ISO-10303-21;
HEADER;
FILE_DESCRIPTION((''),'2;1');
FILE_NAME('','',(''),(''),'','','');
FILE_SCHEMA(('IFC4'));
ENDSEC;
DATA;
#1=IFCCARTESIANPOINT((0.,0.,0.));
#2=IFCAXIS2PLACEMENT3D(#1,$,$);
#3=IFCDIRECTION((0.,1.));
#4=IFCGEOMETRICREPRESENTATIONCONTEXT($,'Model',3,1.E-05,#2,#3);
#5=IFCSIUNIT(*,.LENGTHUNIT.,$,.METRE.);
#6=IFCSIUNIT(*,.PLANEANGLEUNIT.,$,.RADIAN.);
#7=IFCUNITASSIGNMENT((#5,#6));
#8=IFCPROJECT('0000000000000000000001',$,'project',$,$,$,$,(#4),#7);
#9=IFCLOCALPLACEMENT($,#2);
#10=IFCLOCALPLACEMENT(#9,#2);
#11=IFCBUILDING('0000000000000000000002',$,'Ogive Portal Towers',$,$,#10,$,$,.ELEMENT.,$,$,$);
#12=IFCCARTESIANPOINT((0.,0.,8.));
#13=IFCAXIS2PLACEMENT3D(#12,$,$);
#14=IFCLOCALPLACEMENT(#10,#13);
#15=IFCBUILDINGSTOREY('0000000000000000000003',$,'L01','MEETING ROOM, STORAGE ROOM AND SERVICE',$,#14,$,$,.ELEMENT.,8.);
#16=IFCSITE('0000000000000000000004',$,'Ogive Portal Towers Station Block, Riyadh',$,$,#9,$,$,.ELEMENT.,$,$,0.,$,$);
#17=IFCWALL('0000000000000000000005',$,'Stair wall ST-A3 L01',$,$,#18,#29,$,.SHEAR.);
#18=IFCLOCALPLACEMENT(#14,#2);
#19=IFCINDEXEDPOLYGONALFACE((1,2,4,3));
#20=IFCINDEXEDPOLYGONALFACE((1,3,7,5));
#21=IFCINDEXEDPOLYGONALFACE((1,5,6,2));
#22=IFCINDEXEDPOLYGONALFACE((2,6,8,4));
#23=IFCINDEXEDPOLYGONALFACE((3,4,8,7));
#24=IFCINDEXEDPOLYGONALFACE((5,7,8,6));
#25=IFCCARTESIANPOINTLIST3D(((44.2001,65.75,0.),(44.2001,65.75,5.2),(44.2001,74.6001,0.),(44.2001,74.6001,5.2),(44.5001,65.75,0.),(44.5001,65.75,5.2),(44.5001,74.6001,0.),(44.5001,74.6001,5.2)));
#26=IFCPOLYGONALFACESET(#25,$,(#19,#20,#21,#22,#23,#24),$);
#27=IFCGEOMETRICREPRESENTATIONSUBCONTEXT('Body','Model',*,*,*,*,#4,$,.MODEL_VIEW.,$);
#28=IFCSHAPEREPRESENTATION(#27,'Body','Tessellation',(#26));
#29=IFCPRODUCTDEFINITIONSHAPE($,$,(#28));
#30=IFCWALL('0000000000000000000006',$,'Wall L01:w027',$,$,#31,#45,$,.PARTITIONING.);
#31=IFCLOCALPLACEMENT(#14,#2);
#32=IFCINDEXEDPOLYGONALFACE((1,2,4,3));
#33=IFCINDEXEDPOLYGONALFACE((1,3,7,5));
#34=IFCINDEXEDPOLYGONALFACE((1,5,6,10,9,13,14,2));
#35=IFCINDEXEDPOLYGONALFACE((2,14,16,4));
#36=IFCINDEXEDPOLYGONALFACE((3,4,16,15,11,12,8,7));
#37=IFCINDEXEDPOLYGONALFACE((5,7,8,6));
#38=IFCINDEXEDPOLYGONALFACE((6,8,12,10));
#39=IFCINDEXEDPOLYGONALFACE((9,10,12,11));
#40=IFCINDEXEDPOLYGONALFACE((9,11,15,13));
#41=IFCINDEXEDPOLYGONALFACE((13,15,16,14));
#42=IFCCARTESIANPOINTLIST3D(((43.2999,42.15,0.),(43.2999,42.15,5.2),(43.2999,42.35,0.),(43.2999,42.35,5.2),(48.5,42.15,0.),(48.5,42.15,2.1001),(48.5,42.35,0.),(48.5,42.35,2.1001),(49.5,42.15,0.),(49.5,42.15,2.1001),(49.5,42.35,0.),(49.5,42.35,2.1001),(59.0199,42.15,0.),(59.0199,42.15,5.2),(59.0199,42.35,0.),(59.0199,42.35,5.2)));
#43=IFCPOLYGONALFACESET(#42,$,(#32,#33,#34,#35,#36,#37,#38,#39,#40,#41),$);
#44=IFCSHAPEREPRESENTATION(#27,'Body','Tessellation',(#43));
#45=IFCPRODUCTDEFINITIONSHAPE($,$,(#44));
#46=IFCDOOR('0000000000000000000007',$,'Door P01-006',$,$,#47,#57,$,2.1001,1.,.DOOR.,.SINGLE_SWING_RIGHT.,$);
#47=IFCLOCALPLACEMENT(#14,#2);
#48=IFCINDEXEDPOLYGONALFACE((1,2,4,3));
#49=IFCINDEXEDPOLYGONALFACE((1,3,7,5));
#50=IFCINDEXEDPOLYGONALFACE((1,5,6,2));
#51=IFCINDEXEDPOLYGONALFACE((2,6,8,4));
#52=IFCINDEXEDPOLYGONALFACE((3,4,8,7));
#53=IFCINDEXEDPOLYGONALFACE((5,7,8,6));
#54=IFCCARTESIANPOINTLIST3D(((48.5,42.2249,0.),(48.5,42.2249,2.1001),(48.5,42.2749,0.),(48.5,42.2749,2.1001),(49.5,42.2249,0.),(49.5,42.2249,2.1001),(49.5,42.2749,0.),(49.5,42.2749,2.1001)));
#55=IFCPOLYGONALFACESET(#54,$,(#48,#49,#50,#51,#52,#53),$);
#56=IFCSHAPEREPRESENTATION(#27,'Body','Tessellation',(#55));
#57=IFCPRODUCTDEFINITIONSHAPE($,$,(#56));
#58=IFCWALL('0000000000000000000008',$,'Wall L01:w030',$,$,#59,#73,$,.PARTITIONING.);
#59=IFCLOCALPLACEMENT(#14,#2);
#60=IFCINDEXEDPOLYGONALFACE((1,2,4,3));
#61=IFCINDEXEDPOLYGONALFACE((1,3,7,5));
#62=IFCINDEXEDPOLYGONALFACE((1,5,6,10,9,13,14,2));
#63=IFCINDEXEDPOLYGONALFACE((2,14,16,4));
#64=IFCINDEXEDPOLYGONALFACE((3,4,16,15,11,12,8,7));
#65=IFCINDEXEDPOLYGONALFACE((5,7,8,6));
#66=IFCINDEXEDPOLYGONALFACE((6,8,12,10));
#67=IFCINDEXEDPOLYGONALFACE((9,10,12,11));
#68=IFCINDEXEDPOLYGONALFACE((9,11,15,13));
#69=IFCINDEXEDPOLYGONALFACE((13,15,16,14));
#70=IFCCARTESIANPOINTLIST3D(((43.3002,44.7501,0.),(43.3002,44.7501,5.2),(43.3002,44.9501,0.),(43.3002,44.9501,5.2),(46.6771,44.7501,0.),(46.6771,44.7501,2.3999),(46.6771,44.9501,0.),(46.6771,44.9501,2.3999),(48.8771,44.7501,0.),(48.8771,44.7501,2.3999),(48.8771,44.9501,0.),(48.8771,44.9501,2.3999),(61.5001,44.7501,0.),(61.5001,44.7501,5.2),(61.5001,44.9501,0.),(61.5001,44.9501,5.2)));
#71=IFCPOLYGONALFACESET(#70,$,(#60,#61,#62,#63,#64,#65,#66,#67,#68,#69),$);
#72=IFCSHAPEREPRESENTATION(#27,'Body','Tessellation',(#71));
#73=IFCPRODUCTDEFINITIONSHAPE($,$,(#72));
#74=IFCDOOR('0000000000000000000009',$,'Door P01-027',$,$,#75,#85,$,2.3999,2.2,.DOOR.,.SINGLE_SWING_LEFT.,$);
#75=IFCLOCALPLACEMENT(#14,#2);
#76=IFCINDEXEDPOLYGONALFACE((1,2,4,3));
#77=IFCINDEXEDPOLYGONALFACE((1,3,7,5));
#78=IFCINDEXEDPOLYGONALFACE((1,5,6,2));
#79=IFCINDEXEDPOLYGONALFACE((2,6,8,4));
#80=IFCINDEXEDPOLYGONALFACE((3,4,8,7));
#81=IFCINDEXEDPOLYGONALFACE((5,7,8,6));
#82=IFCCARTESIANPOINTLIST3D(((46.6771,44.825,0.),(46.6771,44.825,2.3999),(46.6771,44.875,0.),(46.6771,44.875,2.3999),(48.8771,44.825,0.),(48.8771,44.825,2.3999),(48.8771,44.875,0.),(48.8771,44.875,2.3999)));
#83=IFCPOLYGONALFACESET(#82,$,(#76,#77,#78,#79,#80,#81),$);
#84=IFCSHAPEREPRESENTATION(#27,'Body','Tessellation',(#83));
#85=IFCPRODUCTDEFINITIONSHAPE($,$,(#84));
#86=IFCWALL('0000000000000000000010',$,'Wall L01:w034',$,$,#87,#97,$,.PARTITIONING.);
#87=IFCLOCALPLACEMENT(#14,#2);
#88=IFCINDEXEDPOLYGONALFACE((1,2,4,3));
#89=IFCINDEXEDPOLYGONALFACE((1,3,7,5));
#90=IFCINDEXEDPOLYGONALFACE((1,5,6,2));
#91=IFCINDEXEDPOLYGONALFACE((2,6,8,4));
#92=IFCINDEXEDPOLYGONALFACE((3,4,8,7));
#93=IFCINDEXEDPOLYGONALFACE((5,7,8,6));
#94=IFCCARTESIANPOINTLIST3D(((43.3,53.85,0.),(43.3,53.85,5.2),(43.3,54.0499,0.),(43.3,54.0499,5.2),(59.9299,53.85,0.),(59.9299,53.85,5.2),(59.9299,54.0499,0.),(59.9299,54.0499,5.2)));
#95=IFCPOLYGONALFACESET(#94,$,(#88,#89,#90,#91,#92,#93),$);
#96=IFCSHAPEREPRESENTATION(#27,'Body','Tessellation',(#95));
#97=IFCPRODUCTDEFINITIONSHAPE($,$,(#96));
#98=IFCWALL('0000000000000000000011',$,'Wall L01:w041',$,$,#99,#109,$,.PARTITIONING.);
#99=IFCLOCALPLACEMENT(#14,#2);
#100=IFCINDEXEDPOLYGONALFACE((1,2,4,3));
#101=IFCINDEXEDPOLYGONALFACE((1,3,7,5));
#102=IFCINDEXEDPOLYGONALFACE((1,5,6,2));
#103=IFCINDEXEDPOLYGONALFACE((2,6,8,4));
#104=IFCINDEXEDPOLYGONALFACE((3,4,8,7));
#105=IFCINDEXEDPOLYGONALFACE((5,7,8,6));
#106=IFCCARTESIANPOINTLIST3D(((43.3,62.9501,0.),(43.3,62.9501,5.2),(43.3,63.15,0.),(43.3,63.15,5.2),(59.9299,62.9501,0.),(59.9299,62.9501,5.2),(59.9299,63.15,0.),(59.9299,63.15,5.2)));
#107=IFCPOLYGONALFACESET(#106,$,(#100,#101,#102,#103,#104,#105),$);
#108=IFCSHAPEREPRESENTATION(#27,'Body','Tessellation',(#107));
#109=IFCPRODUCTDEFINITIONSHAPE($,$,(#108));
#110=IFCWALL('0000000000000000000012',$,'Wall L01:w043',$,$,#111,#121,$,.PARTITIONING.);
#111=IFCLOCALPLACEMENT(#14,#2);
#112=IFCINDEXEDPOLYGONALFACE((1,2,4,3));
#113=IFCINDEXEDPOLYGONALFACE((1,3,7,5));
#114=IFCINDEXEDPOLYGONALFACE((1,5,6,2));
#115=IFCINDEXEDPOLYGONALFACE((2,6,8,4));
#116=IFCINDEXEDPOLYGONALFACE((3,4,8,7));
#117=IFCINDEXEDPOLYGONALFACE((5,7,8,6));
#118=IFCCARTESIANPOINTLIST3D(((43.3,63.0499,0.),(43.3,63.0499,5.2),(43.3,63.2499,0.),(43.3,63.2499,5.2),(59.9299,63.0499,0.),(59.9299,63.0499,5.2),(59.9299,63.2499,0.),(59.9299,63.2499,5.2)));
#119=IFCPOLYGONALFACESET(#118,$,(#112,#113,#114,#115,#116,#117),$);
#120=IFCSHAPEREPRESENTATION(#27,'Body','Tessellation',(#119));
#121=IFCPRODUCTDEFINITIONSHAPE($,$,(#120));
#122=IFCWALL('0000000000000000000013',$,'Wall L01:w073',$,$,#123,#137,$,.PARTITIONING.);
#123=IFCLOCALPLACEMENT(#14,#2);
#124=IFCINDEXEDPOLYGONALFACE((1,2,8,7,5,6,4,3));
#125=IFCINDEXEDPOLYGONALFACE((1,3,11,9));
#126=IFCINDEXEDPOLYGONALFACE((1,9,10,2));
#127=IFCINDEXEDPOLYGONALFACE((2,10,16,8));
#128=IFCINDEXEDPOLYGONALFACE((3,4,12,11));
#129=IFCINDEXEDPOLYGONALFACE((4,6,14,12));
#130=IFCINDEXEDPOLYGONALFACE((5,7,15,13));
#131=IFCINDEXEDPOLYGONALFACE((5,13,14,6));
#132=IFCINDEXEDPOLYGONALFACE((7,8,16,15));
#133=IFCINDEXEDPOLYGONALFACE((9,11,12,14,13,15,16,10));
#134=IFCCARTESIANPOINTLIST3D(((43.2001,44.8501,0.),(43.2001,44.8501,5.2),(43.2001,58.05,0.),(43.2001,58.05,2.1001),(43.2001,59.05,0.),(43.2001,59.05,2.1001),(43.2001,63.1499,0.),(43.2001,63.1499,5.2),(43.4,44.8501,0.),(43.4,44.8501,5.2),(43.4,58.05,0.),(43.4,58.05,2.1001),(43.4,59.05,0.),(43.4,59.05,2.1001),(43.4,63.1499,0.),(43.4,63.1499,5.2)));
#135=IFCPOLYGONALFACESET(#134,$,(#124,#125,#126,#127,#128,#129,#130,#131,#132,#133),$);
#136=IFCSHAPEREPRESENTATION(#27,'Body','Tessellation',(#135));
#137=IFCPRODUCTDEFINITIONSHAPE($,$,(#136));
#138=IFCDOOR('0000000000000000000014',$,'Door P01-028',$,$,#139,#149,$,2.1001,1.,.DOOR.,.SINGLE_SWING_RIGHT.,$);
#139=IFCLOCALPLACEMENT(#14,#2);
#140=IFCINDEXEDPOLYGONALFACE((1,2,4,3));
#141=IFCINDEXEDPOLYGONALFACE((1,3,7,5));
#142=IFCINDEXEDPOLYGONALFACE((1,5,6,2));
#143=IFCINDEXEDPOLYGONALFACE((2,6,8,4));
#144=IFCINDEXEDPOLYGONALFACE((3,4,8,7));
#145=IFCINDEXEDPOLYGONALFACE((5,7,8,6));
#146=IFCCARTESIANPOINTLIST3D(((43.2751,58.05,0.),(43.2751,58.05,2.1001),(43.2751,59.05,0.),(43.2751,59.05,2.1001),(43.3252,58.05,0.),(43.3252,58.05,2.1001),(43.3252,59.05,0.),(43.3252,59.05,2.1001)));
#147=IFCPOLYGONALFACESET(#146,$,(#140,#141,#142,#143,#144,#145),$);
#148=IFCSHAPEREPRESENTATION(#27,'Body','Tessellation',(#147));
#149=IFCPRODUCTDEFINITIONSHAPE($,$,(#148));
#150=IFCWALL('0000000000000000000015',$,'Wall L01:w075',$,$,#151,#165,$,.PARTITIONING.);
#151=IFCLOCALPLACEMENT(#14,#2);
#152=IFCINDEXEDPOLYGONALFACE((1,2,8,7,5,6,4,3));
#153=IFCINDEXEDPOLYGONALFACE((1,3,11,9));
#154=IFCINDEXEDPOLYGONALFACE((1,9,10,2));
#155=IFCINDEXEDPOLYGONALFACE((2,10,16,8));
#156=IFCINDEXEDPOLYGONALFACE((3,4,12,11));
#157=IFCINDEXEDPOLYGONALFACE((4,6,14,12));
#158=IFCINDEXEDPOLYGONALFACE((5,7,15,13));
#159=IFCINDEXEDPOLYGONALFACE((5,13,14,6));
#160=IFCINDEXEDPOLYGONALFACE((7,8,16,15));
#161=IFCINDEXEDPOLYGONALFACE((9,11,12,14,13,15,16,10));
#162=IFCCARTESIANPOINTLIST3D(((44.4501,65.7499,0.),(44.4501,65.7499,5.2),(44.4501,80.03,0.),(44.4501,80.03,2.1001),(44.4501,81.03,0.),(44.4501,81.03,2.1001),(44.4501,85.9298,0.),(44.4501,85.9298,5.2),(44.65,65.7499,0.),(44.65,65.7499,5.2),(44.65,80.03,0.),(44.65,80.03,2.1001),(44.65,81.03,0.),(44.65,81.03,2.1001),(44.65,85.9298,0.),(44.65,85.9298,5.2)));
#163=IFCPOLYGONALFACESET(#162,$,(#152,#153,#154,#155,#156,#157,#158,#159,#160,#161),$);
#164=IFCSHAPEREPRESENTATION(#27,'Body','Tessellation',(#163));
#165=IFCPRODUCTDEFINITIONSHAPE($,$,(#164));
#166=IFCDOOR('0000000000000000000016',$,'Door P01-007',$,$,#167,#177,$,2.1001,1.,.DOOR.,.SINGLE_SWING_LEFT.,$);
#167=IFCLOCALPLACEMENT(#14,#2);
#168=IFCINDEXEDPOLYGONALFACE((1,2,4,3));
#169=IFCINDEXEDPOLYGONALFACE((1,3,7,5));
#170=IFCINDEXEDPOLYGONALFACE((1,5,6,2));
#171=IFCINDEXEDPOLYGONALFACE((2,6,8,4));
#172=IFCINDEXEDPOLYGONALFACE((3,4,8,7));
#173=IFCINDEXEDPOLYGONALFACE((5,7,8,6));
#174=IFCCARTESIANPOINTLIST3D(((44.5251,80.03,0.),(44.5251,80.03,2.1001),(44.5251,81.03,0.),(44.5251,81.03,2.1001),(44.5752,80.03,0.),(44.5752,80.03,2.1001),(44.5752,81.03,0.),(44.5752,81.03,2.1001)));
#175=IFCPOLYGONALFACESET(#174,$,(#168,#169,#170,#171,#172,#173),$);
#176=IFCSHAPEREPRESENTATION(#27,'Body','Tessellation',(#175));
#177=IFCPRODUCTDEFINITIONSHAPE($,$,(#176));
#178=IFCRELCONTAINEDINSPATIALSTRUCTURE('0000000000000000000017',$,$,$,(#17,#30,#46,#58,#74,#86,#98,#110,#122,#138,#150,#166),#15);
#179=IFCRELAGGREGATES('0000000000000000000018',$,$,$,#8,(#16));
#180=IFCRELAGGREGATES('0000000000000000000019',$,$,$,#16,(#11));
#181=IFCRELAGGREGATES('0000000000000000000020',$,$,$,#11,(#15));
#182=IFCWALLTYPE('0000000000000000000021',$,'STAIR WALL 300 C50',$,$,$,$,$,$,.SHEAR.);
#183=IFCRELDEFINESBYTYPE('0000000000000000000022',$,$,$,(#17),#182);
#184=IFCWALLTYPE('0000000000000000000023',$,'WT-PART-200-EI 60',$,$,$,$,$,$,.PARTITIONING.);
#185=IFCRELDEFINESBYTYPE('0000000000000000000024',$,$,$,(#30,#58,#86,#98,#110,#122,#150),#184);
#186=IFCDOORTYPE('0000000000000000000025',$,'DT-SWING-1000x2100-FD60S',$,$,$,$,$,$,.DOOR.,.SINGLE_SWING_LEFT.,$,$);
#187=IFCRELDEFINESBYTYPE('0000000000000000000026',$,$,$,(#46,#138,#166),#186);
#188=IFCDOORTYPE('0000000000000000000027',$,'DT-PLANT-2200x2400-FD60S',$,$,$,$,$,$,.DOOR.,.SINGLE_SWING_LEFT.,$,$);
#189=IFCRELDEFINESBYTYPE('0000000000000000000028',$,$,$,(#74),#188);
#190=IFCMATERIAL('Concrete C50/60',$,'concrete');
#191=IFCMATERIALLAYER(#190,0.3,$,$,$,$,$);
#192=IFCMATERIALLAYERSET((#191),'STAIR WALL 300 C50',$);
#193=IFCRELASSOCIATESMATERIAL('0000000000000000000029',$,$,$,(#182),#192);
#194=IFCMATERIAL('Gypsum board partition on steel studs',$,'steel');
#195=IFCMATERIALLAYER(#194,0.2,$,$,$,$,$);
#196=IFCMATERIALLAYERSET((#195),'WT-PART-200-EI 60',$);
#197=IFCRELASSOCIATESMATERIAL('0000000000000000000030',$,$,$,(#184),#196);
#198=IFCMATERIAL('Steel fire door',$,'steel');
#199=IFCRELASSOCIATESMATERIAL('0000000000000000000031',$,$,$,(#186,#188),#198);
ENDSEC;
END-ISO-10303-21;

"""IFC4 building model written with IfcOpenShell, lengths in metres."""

from ifc_helpers import new_model, si_unit, direction, frame, frame_2d, origin, place, context, subcontext, project, spatial, rectangle, extrude, material, layer, layer_set, type_object, element, fill, save


model = new_model("IFC4")

# Units and contexts
model_context = context("Model", 3, precision=1e-05, world=origin(), true_north=direction((0.0, 1.0)))
body_context = subcontext(model_context, "Body", "Model", "MODEL_VIEW")
ifc_project = project(units=[si_unit("LENGTHUNIT", "METRE"), si_unit("PLANEANGLEUNIT", "RADIAN")], contexts=[model_context])

# Site, building, storey
site_placement = place(None, origin())
site = spatial("IfcSite", under=ifc_project, at=site_placement, Name="Ogive Portal Towers Station Block, Riyadh", CompositionType="ELEMENT", RefElevation=0.0)
building_placement = place(site_placement, origin())
building = spatial("IfcBuilding", under=site, at=building_placement, Name="Ogive Portal Towers", CompositionType="ELEMENT")
storey_placement = place(building_placement, frame((0.0, 0.0, 8.0)))
storey = spatial("IfcBuildingStorey", under=building, at=storey_placement, Name="L01", Description="MEETING ROOM, STORAGE ROOM AND SERVICE", CompositionType="ELEMENT", Elevation=8.0)

# Shared definitions
ifc_material_1 = material(Name="Concrete C50/60", Category="concrete")

# Shared definitions
ifc_layer_1 = layer(ifc_material_1, 0.3)
ifc_layer_set_1 = layer_set([ifc_layer_1], Name="STAIR WALL 300 C50")
wall_type_1 = type_object("IfcWallType", Name="STAIR WALL 300 C50", PredefinedType="SHEAR", material=ifc_layer_set_1)
ifc_material_2 = material(Name="Steel fire door", Category="steel")

# Wall
for number, where, z_axis, x_axis, name in (
    (1, (44.3501, 65.75, 0.0), (0.0, 0.0, 1.0), (0.0, 1.0, 0.0), "Stair wall ST-A3 L01"),
):
    element("IfcWall", number, at=place(storey_placement, frame(where, z_axis=z_axis, x_axis=x_axis)), inside=storey, type_object=wall_type_1, Name=name, PredefinedType="SHEAR", context=body_context, shape_type="SweptSolid", body=[
        extrude(rectangle(XDim=8.8501, YDim=0.3, at=frame_2d((4.425, 0.0))), origin(), (0.0, 0.0, 1.0), 5.2),
    ])

# Walls, openings, doors
ifc_material_3 = material(Name="Gypsum board partition on steel studs", Category="steel")
ifc_layer_2 = layer(ifc_material_3, 0.2)
ifc_layer_set_2 = layer_set([ifc_layer_2], Name="WT-PART-200-EI 60")
wall_type_2 = type_object("IfcWallType", Name="WT-PART-200-EI 60", PredefinedType="PARTITIONING", material=ifc_layer_set_2)
wall_1_placement = place(storey_placement, frame((43.3, 42.25, 0.0), z_axis=(0.0, 0.0, 1.0), x_axis=(1.0, 0.0, 0.0)))
wall_1 = element("IfcWall", 2, at=wall_1_placement, inside=storey, type_object=wall_type_2, Name="Wall L01:w027", PredefinedType="PARTITIONING", context=body_context, shape_type="SweptSolid", body=[
    extrude(rectangle(XDim=15.72, YDim=0.2, at=frame_2d((7.8599, 0.0))), origin(), (0.0, 0.0, 1.0), 5.2),
])
opening_1_placement = place(wall_1_placement, frame((5.2, 0.0, 0.0)))
opening_1 = element("IfcOpeningElement", 3, at=opening_1_placement, cuts=wall_1, PredefinedType="OPENING", context=body_context, shape_type="SweptSolid", body=[
    extrude(rectangle(XDim=1.0, YDim=2.1001, at=frame_2d((0.5, 1.05))), frame((0.0, 0.1099, 0.0), z_axis=(0.0, -1.0, 0.0), x_axis=(1.0, 0.0, 0.0)), (0.0, 0.0, 1.0), 0.22),
])
door_type_1 = type_object("IfcDoorType", Name="DT-SWING-1000x2100-FD60S", OperationType="SINGLE_SWING_LEFT", PredefinedType="DOOR", material=ifc_material_2)
door_1_placement = place(opening_1_placement, origin())
door_1 = element("IfcDoor", 4, at=door_1_placement, inside=storey, type_object=door_type_1, Name="Door P01-006", OperationType="SINGLE_SWING_RIGHT", OverallHeight=2.1001, OverallWidth=1.0, PredefinedType="DOOR", context=body_context, shape_type="SweptSolid", body=[
    extrude(rectangle(XDim=1.0, YDim=2.1001, at=frame_2d((0.5, 1.05))), frame((0.0, 0.0249, 0.0), z_axis=(0.0, -1.0, 0.0), x_axis=(1.0, 0.0, 0.0)), (0.0, 0.0, 1.0), 0.05),
])
fill(opening_1, door_1)
wall_2_placement = place(storey_placement, frame((43.3, 44.8501, 0.0), z_axis=(0.0, 0.0, 1.0), x_axis=(1.0, 0.0, 0.0)))
wall_2 = element("IfcWall", 5, at=wall_2_placement, inside=storey, type_object=wall_type_2, Name="Wall L01:w030", PredefinedType="PARTITIONING", context=body_context, shape_type="SweptSolid", body=[
    extrude(rectangle(XDim=18.2, YDim=0.2, at=frame_2d((9.1001, 0.0))), origin(), (0.0, 0.0, 1.0), 5.2),
])
opening_2_placement = place(wall_2_placement, frame((3.377, 0.0, 0.0)))
opening_2 = element("IfcOpeningElement", 6, at=opening_2_placement, cuts=wall_2, PredefinedType="OPENING", context=body_context, shape_type="SweptSolid", body=[
    extrude(rectangle(XDim=2.2, YDim=2.3999, at=frame_2d((1.1001, 1.2))), frame((0.0, 0.1099, 0.0), z_axis=(0.0, -1.0, 0.0), x_axis=(1.0, 0.0, 0.0)), (0.0, 0.0, 1.0), 0.22),
])
door_type_2 = type_object("IfcDoorType", Name="DT-PLANT-2200x2400-FD60S", OperationType="SINGLE_SWING_LEFT", PredefinedType="DOOR", material=ifc_material_2)
door_2_placement = place(opening_2_placement, origin())
door_2 = element("IfcDoor", 7, at=door_2_placement, inside=storey, type_object=door_type_2, Name="Door P01-027", OperationType="SINGLE_SWING_LEFT", OverallHeight=2.3999, OverallWidth=2.2, PredefinedType="DOOR", context=body_context, shape_type="SweptSolid", body=[
    extrude(rectangle(XDim=2.2, YDim=2.3999, at=frame_2d((1.1001, 1.2))), frame((0.0, 0.0249, 0.0), z_axis=(0.0, -1.0, 0.0), x_axis=(1.0, 0.0, 0.0)), (0.0, 0.0, 1.0), 0.05),
])
fill(opening_2, door_2)

# Walls
for number, where, z_axis, x_axis, name in (
    (8, (43.3, 53.95, 0.0), (0.0, 0.0, 1.0), (1.0, 0.0, 0.0), "Wall L01:w034"),
    (9, (43.3, 63.05, 0.0), (0.0, 0.0, 1.0), (1.0, 0.0, 0.0), "Wall L01:w041"),
    (10, (43.3, 63.1499, 0.0), (0.0, 0.0, 1.0), (1.0, 0.0, 0.0), "Wall L01:w043"),
):
    element("IfcWall", number, at=place(storey_placement, frame(where, z_axis=z_axis, x_axis=x_axis)), inside=storey, type_object=wall_type_2, Name=name, PredefinedType="PARTITIONING", context=body_context, shape_type="SweptSolid", body=[
        extrude(rectangle(XDim=16.6299, YDim=0.2, at=frame_2d((8.3149, 0.0))), origin(), (0.0, 0.0, 1.0), 5.2),
    ])

# Walls, openings, doors
wall_3_placement = place(storey_placement, frame((43.3, 44.8501, 0.0), z_axis=(0.0, 0.0, 1.0), x_axis=(0.0, 1.0, 0.0)))
wall_3 = element("IfcWall", 11, at=wall_3_placement, inside=storey, type_object=wall_type_2, Name="Wall L01:w073", PredefinedType="PARTITIONING", context=body_context, shape_type="SweptSolid", body=[
    extrude(rectangle(XDim=18.2998, YDim=0.2, at=frame_2d((9.1499, 0.0))), origin(), (0.0, 0.0, 1.0), 5.2),
])
opening_3_placement = place(wall_3_placement, frame((13.2, 0.0, 0.0)))
opening_3 = element("IfcOpeningElement", 12, at=opening_3_placement, cuts=wall_3, PredefinedType="OPENING", context=body_context, shape_type="SweptSolid", body=[
    extrude(rectangle(XDim=1.0, YDim=2.1001, at=frame_2d((0.5, 1.05))), frame((0.0, 0.1099, 0.0), z_axis=(0.0, -1.0, 0.0), x_axis=(1.0, 0.0, 0.0)), (0.0, 0.0, 1.0), 0.22),
])
door_3_placement = place(opening_3_placement, origin())
door_3 = element("IfcDoor", 13, at=door_3_placement, inside=storey, type_object=door_type_1, Name="Door P01-028", OperationType="SINGLE_SWING_RIGHT", OverallHeight=2.1001, OverallWidth=1.0, PredefinedType="DOOR", context=body_context, shape_type="SweptSolid", body=[
    extrude(rectangle(XDim=1.0, YDim=2.1001, at=frame_2d((0.5, 1.05))), frame((0.0, 0.0249, 0.0), z_axis=(0.0, -1.0, 0.0), x_axis=(1.0, 0.0, 0.0)), (0.0, 0.0, 1.0), 0.05),
])
fill(opening_3, door_3)
wall_4_placement = place(storey_placement, frame((44.55, 65.75, 0.0), z_axis=(0.0, 0.0, 1.0), x_axis=(0.0, 1.0, 0.0)))
wall_4 = element("IfcWall", 14, at=wall_4_placement, inside=storey, type_object=wall_type_2, Name="Wall L01:w075", PredefinedType="PARTITIONING", context=body_context, shape_type="SweptSolid", body=[
    extrude(rectangle(XDim=20.1799, YDim=0.2, at=frame_2d((10.0898, 0.0))), origin(), (0.0, 0.0, 1.0), 5.2),
])
opening_4_placement = place(wall_4_placement, frame((14.28, 0.0, 0.0)))
opening_4 = element("IfcOpeningElement", 15, at=opening_4_placement, cuts=wall_4, PredefinedType="OPENING", context=body_context, shape_type="SweptSolid", body=[
    extrude(rectangle(XDim=1.0, YDim=2.1001, at=frame_2d((0.5, 1.05))), frame((0.0, 0.1099, 0.0), z_axis=(0.0, -1.0, 0.0), x_axis=(1.0, 0.0, 0.0)), (0.0, 0.0, 1.0), 0.22),
])
door_4_placement = place(opening_4_placement, origin())
door_4 = element("IfcDoor", 16, at=door_4_placement, inside=storey, type_object=door_type_1, Name="Door P01-007", OperationType="SINGLE_SWING_LEFT", OverallHeight=2.1001, OverallWidth=1.0, PredefinedType="DOOR", context=body_context, shape_type="SweptSolid", body=[
    extrude(rectangle(XDim=1.0, YDim=2.1001, at=frame_2d((0.5, 1.05))), frame((0.0, 0.0249, 0.0), z_axis=(0.0, -1.0, 0.0), x_axis=(1.0, 0.0, 0.0)), (0.0, 0.0, 1.0), 0.05),
])
fill(opening_4, door_4)

save(model, "model.ifc")
